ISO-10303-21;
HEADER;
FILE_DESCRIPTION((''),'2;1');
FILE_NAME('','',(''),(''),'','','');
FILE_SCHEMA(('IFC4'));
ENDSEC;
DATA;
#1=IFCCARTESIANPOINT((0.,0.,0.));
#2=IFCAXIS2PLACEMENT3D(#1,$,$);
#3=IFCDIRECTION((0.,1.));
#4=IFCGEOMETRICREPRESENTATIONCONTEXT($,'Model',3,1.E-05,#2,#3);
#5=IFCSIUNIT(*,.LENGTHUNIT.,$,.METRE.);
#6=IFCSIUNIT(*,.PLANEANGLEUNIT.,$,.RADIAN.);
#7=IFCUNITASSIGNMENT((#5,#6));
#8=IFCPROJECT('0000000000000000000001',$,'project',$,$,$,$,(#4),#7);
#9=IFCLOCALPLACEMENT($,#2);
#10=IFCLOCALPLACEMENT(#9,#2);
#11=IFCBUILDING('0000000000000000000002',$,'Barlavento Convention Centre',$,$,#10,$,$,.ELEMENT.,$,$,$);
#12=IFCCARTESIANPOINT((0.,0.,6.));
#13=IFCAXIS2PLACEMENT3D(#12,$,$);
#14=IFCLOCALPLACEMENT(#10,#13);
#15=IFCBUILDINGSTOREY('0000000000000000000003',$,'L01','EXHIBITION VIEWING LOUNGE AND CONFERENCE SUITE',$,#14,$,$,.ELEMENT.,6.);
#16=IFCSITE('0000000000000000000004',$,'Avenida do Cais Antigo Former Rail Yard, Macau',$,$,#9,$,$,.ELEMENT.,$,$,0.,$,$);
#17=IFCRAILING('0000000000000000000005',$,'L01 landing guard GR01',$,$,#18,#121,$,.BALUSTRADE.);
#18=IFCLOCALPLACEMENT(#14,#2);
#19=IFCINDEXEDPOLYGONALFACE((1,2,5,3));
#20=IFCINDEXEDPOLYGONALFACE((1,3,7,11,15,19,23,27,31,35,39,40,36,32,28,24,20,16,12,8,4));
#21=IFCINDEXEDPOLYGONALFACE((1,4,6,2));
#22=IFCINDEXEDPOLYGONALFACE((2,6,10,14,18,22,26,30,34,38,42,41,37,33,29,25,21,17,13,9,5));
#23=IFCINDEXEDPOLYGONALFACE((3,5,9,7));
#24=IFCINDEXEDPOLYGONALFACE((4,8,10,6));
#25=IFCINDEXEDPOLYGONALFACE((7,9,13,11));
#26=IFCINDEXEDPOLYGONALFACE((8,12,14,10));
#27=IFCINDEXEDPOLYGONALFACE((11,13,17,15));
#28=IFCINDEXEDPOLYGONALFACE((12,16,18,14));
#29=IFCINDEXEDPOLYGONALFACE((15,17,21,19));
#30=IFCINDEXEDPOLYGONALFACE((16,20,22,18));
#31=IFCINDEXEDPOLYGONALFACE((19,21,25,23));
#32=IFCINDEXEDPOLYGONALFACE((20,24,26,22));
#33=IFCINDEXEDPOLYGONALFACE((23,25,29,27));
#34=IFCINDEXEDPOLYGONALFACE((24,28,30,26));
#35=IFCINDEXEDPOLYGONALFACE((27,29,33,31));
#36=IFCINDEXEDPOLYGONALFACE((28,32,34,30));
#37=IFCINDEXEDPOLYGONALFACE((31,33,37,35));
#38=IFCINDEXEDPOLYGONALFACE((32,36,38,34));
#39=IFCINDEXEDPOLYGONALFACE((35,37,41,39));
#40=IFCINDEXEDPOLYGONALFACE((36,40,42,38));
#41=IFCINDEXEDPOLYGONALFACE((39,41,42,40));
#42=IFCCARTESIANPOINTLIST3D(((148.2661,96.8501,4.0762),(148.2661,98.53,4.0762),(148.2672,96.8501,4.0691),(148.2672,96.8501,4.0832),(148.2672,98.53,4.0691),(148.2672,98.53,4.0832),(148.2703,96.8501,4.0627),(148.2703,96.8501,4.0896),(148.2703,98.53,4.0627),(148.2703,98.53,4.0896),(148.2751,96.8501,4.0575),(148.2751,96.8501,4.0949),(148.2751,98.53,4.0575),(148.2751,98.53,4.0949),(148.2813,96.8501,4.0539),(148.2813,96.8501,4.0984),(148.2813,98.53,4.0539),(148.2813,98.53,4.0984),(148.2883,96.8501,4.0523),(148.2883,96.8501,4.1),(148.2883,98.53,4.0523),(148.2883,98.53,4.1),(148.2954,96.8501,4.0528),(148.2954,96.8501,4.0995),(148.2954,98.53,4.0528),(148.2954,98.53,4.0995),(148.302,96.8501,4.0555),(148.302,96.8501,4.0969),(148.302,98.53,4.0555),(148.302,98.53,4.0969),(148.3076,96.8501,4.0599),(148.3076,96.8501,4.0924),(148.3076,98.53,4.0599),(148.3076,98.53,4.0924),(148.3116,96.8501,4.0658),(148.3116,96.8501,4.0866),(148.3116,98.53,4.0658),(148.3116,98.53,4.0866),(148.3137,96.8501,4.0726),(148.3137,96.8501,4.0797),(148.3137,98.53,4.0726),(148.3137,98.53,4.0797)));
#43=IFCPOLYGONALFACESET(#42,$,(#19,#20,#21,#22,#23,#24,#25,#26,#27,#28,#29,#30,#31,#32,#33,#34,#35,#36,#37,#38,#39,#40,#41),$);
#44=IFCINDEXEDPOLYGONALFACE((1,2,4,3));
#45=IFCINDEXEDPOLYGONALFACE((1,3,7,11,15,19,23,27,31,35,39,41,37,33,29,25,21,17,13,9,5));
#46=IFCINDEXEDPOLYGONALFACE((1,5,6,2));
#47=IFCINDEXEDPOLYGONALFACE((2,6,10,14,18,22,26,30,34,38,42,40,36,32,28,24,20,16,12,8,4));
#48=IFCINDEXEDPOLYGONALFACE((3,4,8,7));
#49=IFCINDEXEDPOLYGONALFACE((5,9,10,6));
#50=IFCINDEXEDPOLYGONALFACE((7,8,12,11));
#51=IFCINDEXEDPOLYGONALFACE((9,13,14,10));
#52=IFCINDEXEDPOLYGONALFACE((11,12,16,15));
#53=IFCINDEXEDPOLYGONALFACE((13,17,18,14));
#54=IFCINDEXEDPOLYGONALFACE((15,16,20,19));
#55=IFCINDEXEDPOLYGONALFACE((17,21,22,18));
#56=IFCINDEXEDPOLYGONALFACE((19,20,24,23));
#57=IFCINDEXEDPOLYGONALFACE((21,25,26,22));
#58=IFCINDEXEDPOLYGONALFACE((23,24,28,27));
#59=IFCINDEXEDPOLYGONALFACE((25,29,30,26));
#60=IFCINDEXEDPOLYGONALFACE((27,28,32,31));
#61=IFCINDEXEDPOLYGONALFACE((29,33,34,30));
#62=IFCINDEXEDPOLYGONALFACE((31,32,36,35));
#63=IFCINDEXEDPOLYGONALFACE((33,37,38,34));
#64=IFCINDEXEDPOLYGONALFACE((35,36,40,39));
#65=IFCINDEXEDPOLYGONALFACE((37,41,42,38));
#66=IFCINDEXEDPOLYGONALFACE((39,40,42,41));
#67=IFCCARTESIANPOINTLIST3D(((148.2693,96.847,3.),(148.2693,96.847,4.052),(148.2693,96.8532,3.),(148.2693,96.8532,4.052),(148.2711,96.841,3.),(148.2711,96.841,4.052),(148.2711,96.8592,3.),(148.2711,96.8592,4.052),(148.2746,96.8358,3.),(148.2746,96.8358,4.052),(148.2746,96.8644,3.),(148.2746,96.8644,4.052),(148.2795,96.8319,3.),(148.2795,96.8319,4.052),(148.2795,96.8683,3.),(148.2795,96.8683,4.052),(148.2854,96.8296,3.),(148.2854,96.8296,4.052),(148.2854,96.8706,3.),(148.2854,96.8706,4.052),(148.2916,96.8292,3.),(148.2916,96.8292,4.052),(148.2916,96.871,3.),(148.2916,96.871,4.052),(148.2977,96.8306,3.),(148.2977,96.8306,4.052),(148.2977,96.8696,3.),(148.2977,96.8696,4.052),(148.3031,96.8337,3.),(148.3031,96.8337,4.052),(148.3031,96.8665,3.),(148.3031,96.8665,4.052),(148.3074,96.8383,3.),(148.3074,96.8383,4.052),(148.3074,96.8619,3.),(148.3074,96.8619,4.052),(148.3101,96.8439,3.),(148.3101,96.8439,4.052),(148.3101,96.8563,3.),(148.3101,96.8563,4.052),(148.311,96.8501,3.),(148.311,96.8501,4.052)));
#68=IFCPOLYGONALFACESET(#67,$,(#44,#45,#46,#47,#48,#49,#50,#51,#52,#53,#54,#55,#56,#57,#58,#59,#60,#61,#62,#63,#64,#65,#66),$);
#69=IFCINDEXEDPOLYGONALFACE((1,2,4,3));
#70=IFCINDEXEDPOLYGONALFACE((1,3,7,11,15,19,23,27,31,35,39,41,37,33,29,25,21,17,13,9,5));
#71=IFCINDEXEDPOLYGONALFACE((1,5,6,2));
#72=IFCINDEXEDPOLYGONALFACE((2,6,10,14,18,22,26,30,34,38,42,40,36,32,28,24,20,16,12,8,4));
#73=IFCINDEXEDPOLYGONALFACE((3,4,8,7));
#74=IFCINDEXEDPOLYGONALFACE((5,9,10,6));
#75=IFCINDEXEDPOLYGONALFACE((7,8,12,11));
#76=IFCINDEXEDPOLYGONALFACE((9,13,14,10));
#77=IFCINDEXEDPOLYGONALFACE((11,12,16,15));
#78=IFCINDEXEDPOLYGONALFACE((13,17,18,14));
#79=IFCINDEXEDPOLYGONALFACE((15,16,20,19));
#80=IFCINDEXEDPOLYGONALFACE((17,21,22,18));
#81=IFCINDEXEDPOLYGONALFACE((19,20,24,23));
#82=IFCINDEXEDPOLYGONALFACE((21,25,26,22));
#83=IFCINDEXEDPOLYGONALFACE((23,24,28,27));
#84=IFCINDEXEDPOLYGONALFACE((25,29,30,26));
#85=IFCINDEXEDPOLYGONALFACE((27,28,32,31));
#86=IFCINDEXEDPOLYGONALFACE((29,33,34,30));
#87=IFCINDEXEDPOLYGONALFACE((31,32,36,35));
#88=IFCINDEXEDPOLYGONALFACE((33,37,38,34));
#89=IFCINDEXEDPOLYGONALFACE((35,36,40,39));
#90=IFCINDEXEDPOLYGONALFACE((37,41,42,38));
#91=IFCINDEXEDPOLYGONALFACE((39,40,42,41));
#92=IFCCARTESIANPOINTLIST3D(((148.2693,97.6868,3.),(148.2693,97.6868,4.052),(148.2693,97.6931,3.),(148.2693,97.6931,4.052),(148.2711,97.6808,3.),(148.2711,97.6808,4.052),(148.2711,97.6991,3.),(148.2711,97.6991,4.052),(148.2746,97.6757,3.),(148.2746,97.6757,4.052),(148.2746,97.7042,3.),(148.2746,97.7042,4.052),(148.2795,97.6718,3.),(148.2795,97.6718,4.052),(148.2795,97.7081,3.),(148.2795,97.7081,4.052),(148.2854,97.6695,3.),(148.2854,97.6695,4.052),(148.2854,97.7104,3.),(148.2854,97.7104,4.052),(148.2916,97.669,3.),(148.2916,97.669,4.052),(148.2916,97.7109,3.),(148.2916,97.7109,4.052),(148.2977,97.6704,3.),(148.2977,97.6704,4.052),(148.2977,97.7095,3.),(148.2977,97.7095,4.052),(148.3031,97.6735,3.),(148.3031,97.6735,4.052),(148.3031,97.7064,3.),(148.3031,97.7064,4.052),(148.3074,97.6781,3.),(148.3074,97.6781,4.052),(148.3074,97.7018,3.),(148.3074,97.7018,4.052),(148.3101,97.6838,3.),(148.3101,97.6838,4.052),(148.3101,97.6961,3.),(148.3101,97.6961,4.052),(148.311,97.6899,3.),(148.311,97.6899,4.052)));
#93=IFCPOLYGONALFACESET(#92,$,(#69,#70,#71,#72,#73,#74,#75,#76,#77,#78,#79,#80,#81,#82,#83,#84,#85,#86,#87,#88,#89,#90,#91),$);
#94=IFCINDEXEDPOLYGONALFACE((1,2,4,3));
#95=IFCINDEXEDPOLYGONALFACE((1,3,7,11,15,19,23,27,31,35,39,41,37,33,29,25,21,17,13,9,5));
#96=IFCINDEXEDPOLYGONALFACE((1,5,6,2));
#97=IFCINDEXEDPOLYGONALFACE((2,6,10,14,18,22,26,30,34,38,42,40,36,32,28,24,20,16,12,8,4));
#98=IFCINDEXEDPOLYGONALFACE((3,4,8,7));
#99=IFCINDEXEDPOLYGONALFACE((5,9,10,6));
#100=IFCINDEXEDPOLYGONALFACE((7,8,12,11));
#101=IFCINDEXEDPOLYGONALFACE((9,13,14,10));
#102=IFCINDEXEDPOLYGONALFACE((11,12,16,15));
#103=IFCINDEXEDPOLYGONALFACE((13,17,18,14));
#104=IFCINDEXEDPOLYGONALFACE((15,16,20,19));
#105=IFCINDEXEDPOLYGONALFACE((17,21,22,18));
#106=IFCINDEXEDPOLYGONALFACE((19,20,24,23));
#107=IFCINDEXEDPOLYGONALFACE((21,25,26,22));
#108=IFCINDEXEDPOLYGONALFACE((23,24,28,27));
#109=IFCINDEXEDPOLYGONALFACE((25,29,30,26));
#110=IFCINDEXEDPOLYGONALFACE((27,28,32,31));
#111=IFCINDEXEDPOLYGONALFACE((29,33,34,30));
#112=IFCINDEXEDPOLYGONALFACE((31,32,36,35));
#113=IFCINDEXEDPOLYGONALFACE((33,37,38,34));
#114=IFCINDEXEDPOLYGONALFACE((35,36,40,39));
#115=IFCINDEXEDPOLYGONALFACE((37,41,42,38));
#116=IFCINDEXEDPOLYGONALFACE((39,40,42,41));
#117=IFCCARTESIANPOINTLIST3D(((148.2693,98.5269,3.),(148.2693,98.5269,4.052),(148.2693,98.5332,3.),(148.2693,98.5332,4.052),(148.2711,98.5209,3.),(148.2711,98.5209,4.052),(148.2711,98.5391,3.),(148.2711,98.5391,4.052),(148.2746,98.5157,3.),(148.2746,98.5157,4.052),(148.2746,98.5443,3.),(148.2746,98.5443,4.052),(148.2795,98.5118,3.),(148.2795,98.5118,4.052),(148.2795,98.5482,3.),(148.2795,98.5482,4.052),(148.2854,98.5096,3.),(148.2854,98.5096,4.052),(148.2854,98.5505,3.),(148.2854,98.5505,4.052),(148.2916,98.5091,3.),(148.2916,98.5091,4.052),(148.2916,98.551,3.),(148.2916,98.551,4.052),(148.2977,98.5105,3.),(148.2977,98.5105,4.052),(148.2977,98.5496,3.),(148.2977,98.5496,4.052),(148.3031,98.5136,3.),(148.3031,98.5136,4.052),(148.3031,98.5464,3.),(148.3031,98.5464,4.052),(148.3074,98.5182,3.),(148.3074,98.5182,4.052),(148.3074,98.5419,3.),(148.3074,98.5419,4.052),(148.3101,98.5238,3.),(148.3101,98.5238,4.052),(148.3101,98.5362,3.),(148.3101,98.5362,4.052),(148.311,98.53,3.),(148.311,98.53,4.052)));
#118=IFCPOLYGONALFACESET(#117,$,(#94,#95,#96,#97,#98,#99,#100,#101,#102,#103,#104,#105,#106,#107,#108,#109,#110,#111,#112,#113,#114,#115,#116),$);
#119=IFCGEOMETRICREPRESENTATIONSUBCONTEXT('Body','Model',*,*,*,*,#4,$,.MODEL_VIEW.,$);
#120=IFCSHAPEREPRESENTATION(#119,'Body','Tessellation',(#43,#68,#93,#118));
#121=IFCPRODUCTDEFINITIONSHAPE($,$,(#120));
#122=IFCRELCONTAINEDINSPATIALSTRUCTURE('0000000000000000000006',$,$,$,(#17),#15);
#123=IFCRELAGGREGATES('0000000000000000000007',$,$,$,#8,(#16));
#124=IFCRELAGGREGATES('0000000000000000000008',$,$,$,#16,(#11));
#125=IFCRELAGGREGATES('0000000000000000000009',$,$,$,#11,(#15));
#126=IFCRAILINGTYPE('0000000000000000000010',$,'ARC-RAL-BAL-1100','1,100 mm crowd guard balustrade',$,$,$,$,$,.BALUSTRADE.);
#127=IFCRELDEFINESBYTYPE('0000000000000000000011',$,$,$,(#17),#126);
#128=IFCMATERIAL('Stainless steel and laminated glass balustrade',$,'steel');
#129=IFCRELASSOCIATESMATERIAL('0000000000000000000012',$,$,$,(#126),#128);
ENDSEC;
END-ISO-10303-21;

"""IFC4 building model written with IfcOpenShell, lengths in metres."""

from ifc_helpers import new_model, si_unit, direction, frame, origin, origin_2d, place, context, subcontext, project, spatial, circle, extrude, material, type_object, element, save


model = new_model("IFC4")

# Units and contexts
model_context = context("Model", 3, precision=1e-05, world=origin(), true_north=direction((0.0, 1.0)))
body_context = subcontext(model_context, "Body", "Model", "MODEL_VIEW")
ifc_project = project(units=[si_unit("LENGTHUNIT", "METRE"), si_unit("PLANEANGLEUNIT", "RADIAN")], contexts=[model_context])

# Site, building, storey
site_placement = place(None, origin())
site = spatial("IfcSite", under=ifc_project, at=site_placement, Name="Avenida do Cais Antigo Former Rail Yard, Macau", CompositionType="ELEMENT", RefElevation=0.0)
building_placement = place(site_placement, origin())
building = spatial("IfcBuilding", under=site, at=building_placement, Name="Barlavento Convention Centre", CompositionType="ELEMENT")
storey_placement = place(building_placement, frame((0.0, 0.0, 6.0)))
storey = spatial("IfcBuildingStorey", under=building, at=storey_placement, Name="L01", Description="EXHIBITION VIEWING LOUNGE AND CONFERENCE SUITE", CompositionType="ELEMENT", Elevation=6.0)

# Railing
ifc_material_1 = material(Name="Stainless steel and laminated glass balustrade", Category="steel")
railing_type = type_object("IfcRailingType", Name="ARC-RAL-BAL-1100", Description="1,100 mm crowd guard balustrade", PredefinedType="BALUSTRADE", material=ifc_material_1)
railing_placement = place(storey_placement, frame((148.29, 96.8501, 3.0)))
element("IfcRailing", 1, at=railing_placement, inside=storey, type_object=railing_type, Name="L01 landing guard GR01", PredefinedType="BALUSTRADE", context=body_context, shape_type="SweptSolid", body=[
    extrude(circle(Radius=0.0239, at=origin_2d()), frame((0.0, 0.0, 1.0762), z_axis=(0.0, 1.0, 0.0), x_axis=(-1.0, 0.0, 0.0)), (0.0, 0.0, 1.0), 1.6799),
    extrude(circle(Radius=0.021, at=origin_2d()), origin(), (0.0, 0.0, 1.0), 1.052),
    extrude(circle(Radius=0.021, at=origin_2d()), frame((0.0, 0.8398, 0.0)), (0.0, 0.0, 1.0), 1.052),
    extrude(circle(Radius=0.021, at=origin_2d()), frame((0.0, 1.6799, 0.0)), (0.0, 0.0, 1.0), 1.052),
])

save(model, "model.ifc")
